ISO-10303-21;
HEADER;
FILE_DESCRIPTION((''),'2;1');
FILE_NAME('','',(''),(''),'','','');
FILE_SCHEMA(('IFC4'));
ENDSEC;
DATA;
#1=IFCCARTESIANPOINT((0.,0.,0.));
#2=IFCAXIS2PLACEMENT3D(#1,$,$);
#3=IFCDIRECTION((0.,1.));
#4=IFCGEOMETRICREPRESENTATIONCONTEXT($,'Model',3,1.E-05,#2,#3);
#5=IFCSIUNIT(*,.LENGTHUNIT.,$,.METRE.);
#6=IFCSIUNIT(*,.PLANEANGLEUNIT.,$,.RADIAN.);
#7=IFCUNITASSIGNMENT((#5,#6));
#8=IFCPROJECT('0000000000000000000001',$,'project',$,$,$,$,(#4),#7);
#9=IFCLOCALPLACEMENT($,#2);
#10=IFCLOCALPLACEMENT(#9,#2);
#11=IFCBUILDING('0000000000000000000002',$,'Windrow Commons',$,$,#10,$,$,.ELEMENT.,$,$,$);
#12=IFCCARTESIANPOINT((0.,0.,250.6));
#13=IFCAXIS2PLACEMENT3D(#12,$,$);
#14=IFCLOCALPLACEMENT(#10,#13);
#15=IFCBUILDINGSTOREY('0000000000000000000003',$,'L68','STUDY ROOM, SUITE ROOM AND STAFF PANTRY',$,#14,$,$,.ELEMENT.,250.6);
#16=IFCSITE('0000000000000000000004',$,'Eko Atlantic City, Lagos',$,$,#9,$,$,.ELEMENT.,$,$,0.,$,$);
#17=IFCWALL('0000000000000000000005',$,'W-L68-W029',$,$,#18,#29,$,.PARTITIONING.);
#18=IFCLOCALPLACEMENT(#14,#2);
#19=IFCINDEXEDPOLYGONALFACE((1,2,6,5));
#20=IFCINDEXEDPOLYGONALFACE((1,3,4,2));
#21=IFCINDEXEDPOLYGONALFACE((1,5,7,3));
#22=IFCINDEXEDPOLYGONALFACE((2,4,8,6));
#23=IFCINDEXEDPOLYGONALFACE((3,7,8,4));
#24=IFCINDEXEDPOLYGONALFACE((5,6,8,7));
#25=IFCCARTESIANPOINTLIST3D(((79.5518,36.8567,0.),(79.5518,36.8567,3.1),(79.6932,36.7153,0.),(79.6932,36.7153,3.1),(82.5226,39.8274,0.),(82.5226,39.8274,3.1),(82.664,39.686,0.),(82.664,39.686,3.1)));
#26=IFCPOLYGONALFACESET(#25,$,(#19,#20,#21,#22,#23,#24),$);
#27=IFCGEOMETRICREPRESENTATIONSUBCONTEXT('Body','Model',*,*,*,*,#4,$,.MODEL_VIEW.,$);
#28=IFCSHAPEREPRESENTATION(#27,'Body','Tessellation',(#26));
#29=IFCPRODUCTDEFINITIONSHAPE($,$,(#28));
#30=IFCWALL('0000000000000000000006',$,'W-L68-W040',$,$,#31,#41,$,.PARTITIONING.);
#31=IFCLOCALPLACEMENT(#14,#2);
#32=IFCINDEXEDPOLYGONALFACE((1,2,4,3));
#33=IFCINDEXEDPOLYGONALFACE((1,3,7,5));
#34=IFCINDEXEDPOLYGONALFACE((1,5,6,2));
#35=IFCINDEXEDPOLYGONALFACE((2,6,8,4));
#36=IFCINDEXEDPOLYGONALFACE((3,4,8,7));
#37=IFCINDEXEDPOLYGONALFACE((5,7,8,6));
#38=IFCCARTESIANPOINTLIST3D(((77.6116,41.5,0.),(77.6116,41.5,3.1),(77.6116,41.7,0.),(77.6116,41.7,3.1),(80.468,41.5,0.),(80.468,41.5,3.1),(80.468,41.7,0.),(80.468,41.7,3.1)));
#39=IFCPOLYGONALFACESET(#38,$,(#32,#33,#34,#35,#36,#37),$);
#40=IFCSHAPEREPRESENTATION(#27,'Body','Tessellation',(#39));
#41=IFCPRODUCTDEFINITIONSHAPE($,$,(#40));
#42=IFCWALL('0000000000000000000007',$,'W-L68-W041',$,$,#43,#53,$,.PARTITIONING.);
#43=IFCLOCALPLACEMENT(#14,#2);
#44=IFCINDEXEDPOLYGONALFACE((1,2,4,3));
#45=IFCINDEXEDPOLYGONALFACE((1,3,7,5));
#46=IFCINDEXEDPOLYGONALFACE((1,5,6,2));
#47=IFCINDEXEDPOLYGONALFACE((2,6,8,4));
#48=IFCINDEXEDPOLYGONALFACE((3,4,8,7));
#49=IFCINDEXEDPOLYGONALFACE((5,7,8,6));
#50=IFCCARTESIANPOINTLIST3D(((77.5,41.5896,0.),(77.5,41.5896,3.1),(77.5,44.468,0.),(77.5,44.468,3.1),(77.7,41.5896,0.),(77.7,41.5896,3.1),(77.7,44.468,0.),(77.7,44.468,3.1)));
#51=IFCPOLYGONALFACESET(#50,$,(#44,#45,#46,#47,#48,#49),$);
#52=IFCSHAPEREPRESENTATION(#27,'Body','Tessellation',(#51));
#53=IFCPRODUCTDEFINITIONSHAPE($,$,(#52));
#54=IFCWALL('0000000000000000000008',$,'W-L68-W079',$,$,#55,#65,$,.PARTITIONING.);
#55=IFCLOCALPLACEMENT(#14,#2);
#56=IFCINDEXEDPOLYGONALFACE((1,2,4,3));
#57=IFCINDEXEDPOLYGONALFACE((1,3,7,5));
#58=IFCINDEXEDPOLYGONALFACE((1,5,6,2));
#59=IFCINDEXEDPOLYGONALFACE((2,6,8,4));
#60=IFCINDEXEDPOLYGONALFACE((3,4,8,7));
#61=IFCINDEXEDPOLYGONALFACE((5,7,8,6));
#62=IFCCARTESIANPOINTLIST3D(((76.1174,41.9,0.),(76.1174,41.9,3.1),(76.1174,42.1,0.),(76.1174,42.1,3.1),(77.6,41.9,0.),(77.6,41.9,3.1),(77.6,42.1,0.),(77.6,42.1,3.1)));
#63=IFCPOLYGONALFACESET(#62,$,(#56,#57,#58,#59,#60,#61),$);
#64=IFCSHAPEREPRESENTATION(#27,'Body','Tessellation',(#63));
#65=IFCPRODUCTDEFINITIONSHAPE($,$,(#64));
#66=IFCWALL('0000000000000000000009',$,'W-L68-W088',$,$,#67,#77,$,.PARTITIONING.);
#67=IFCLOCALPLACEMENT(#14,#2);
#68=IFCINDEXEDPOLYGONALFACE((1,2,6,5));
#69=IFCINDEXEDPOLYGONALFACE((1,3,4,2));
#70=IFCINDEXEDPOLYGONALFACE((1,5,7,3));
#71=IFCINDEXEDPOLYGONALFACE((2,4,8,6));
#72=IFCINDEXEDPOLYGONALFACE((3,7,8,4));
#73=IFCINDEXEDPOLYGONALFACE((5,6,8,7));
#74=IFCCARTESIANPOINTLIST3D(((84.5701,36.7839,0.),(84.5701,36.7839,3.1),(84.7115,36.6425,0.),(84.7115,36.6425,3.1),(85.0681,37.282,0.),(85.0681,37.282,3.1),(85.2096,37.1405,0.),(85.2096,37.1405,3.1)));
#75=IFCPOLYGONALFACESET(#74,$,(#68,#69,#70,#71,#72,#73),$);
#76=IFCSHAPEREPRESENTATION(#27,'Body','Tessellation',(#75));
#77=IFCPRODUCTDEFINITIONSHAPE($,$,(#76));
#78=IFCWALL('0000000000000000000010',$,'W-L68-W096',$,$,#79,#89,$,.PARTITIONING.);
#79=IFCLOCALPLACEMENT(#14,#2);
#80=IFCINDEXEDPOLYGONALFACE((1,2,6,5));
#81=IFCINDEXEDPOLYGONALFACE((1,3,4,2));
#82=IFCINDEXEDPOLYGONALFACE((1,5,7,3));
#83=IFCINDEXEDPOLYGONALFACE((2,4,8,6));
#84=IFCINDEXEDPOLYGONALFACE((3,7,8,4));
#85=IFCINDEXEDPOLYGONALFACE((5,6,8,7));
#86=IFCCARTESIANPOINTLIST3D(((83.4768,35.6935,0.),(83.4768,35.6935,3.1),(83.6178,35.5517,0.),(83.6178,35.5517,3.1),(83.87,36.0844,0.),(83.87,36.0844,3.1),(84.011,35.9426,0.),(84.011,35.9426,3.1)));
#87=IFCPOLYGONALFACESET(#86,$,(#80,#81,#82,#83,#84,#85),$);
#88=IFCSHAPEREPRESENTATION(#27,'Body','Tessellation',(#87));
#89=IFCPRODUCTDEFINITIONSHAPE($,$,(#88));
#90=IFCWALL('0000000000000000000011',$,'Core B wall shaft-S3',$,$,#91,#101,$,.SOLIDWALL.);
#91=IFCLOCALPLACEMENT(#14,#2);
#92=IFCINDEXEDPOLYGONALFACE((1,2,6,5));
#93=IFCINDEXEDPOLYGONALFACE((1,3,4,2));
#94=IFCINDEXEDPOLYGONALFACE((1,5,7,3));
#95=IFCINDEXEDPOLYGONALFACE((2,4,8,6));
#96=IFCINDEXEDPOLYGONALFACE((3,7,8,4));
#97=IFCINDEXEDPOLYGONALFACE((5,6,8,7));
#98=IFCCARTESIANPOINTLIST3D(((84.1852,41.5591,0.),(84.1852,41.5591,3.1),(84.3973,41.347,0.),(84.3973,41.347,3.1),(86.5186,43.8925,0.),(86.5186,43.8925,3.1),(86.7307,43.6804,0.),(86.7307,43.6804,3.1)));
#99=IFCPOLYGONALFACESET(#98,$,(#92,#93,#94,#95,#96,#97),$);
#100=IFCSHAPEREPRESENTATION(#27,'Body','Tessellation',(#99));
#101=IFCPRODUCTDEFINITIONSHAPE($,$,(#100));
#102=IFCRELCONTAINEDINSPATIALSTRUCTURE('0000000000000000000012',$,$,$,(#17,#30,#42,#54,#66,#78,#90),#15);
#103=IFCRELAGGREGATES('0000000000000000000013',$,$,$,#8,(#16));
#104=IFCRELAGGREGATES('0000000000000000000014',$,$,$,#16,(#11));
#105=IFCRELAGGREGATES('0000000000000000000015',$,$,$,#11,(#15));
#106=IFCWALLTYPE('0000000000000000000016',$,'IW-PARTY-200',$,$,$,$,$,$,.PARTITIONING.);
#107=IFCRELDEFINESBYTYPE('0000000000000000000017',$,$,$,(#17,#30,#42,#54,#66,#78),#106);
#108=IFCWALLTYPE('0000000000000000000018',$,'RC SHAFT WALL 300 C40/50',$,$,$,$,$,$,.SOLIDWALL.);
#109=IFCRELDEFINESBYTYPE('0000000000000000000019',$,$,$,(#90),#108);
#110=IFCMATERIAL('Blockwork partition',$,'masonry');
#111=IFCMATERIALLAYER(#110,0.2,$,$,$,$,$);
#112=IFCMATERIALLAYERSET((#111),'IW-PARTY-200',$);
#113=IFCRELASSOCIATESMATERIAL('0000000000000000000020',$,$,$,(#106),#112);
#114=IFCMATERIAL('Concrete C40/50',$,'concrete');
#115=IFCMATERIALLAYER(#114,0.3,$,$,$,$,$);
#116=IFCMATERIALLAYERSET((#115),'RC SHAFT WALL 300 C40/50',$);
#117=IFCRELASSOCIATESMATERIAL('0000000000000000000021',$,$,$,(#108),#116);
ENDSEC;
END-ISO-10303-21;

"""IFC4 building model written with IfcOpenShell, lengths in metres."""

from ifc_helpers import new_model, si_unit, direction, frame, frame_2d, origin, place, context, subcontext, project, spatial, rectangle, extrude, material, layer, layer_set, type_object, element, save


model = new_model("IFC4")

# Units and contexts
model_context = context("Model", 3, precision=1e-05, world=origin(), true_north=direction((0.0, 1.0)))
body_context = subcontext(model_context, "Body", "Model", "MODEL_VIEW")
ifc_project = project(units=[si_unit("LENGTHUNIT", "METRE"), si_unit("PLANEANGLEUNIT", "RADIAN")], contexts=[model_context])

# Site, building, storey
site_placement = place(None, origin())
site = spatial("IfcSite", under=ifc_project, at=site_placement, Name="Eko Atlantic City, Lagos", CompositionType="ELEMENT", RefElevation=0.0)
building_placement = place(site_placement, origin())
building = spatial("IfcBuilding", under=site, at=building_placement, Name="Windrow Commons", CompositionType="ELEMENT")
storey_placement = place(building_placement, frame((0.0, 0.0, 250.6)))
storey = spatial("IfcBuildingStorey", under=building, at=storey_placement, Name="L68", Description="STUDY ROOM, SUITE ROOM AND STAFF PANTRY", CompositionType="ELEMENT", Elevation=250.6)

# Walls
ifc_material_1 = material(Name="Blockwork partition", Category="masonry")
ifc_layer_1 = layer(ifc_material_1, 0.2)
ifc_layer_set_1 = layer_set([ifc_layer_1], Name="IW-PARTY-200")
wall_type_1 = type_object("IfcWallType", Name="IW-PARTY-200", PredefinedType="PARTITIONING", material=ifc_layer_set_1)
wall_1_placement = place(storey_placement, frame((79.6225, 36.786, 0.0), z_axis=(0.0, 0.0, 1.0), x_axis=(0.707119, 0.707095, 0.0)))
element("IfcWall", 1, at=wall_1_placement, inside=storey, type_object=wall_type_1, Name="W-L68-W029", PredefinedType="PARTITIONING", context=body_context, shape_type="SweptSolid", body=[
    extrude(rectangle(XDim=4.2013, YDim=0.2, at=frame_2d((2.1006, 0.0))), origin(), (0.0, 0.0, 1.0), 3.1),
])
wall_2_placement = place(storey_placement, frame((77.6115, 41.6, 0.0), z_axis=(0.0, 0.0, 1.0), x_axis=(1.0, 0.0, 0.0)))
element("IfcWall", 2, at=wall_2_placement, inside=storey, type_object=wall_type_1, Name="W-L68-W040", PredefinedType="PARTITIONING", context=body_context, shape_type="SweptSolid", body=[
    extrude(rectangle(XDim=2.8565, YDim=0.2, at=frame_2d((1.4283, 0.0))), origin(), (0.0, 0.0, 1.0), 3.1),
])
wall_3_placement = place(storey_placement, frame((77.6, 41.5897, 0.0), z_axis=(0.0, 0.0, 1.0), x_axis=(0.0, 1.0, 0.0)))
element("IfcWall", 3, at=wall_3_placement, inside=storey, type_object=wall_type_1, Name="W-L68-W041", PredefinedType="PARTITIONING", context=body_context, shape_type="SweptSolid", body=[
    extrude(rectangle(XDim=2.8783, YDim=0.2, at=frame_2d((1.4391, 0.0))), origin(), (0.0, 0.0, 1.0), 3.1),
])
wall_4_placement = place(storey_placement, frame((76.1174, 42.0, 0.0), z_axis=(0.0, 0.0, 1.0), x_axis=(1.0, 0.0, 0.0)))
element("IfcWall", 4, at=wall_4_placement, inside=storey, type_object=wall_type_1, Name="W-L68-W079", PredefinedType="PARTITIONING", context=body_context, shape_type="SweptSolid", body=[
    extrude(rectangle(XDim=1.4826, YDim=0.2, at=frame_2d((0.7413, 0.0))), origin(), (0.0, 0.0, 1.0), 3.1),
])
wall_5_placement = place(storey_placement, frame((84.6408, 36.7132, 0.0), z_axis=(0.0, 0.0, 1.0), x_axis=(0.707107, 0.707107, 0.0)))
element("IfcWall", 5, at=wall_5_placement, inside=storey, type_object=wall_type_1, Name="W-L68-W088", PredefinedType="PARTITIONING", context=body_context, shape_type="SweptSolid", body=[
    extrude(rectangle(XDim=0.7043, YDim=0.2, at=frame_2d((0.3522, 0.0))), origin(), (0.0, 0.0, 1.0), 3.1),
])
wall_6_placement = place(storey_placement, frame((83.5473, 35.6226, 0.0), z_axis=(0.0, 0.0, 1.0), x_axis=(0.709178, 0.70503, 0.0)))
element("IfcWall", 6, at=wall_6_placement, inside=storey, type_object=wall_type_1, Name="W-L68-W096", PredefinedType="PARTITIONING", context=body_context, shape_type="SweptSolid", body=[
    extrude(rectangle(XDim=0.5544, YDim=0.2, at=frame_2d((0.2772, 0.0))), origin(), (0.0, 0.0, 1.0), 3.1),
])
ifc_material_2 = material(Name="Concrete C40/50", Category="concrete")
ifc_layer_2 = layer(ifc_material_2, 0.3)
ifc_layer_set_2 = layer_set([ifc_layer_2], Name="RC SHAFT WALL 300 C40/50")
wall_type_2 = type_object("IfcWallType", Name="RC SHAFT WALL 300 C40/50", PredefinedType="SOLIDWALL", material=ifc_layer_set_2)
wall_7_placement = place(storey_placement, frame((84.2912, 41.453, 0.0), z_axis=(0.0, 0.0, 1.0), x_axis=(0.707107, 0.707107, 0.0)))
element("IfcWall", 7, at=wall_7_placement, inside=storey, type_object=wall_type_2, Name="Core B wall shaft-S3", PredefinedType="SOLIDWALL", context=body_context, shape_type="SweptSolid", body=[
    extrude(rectangle(XDim=3.2999, YDim=0.3, at=frame_2d((1.65, 0.0))), origin(), (0.0, 0.0, 1.0), 3.1),
])

save(model, "model.ifc")
